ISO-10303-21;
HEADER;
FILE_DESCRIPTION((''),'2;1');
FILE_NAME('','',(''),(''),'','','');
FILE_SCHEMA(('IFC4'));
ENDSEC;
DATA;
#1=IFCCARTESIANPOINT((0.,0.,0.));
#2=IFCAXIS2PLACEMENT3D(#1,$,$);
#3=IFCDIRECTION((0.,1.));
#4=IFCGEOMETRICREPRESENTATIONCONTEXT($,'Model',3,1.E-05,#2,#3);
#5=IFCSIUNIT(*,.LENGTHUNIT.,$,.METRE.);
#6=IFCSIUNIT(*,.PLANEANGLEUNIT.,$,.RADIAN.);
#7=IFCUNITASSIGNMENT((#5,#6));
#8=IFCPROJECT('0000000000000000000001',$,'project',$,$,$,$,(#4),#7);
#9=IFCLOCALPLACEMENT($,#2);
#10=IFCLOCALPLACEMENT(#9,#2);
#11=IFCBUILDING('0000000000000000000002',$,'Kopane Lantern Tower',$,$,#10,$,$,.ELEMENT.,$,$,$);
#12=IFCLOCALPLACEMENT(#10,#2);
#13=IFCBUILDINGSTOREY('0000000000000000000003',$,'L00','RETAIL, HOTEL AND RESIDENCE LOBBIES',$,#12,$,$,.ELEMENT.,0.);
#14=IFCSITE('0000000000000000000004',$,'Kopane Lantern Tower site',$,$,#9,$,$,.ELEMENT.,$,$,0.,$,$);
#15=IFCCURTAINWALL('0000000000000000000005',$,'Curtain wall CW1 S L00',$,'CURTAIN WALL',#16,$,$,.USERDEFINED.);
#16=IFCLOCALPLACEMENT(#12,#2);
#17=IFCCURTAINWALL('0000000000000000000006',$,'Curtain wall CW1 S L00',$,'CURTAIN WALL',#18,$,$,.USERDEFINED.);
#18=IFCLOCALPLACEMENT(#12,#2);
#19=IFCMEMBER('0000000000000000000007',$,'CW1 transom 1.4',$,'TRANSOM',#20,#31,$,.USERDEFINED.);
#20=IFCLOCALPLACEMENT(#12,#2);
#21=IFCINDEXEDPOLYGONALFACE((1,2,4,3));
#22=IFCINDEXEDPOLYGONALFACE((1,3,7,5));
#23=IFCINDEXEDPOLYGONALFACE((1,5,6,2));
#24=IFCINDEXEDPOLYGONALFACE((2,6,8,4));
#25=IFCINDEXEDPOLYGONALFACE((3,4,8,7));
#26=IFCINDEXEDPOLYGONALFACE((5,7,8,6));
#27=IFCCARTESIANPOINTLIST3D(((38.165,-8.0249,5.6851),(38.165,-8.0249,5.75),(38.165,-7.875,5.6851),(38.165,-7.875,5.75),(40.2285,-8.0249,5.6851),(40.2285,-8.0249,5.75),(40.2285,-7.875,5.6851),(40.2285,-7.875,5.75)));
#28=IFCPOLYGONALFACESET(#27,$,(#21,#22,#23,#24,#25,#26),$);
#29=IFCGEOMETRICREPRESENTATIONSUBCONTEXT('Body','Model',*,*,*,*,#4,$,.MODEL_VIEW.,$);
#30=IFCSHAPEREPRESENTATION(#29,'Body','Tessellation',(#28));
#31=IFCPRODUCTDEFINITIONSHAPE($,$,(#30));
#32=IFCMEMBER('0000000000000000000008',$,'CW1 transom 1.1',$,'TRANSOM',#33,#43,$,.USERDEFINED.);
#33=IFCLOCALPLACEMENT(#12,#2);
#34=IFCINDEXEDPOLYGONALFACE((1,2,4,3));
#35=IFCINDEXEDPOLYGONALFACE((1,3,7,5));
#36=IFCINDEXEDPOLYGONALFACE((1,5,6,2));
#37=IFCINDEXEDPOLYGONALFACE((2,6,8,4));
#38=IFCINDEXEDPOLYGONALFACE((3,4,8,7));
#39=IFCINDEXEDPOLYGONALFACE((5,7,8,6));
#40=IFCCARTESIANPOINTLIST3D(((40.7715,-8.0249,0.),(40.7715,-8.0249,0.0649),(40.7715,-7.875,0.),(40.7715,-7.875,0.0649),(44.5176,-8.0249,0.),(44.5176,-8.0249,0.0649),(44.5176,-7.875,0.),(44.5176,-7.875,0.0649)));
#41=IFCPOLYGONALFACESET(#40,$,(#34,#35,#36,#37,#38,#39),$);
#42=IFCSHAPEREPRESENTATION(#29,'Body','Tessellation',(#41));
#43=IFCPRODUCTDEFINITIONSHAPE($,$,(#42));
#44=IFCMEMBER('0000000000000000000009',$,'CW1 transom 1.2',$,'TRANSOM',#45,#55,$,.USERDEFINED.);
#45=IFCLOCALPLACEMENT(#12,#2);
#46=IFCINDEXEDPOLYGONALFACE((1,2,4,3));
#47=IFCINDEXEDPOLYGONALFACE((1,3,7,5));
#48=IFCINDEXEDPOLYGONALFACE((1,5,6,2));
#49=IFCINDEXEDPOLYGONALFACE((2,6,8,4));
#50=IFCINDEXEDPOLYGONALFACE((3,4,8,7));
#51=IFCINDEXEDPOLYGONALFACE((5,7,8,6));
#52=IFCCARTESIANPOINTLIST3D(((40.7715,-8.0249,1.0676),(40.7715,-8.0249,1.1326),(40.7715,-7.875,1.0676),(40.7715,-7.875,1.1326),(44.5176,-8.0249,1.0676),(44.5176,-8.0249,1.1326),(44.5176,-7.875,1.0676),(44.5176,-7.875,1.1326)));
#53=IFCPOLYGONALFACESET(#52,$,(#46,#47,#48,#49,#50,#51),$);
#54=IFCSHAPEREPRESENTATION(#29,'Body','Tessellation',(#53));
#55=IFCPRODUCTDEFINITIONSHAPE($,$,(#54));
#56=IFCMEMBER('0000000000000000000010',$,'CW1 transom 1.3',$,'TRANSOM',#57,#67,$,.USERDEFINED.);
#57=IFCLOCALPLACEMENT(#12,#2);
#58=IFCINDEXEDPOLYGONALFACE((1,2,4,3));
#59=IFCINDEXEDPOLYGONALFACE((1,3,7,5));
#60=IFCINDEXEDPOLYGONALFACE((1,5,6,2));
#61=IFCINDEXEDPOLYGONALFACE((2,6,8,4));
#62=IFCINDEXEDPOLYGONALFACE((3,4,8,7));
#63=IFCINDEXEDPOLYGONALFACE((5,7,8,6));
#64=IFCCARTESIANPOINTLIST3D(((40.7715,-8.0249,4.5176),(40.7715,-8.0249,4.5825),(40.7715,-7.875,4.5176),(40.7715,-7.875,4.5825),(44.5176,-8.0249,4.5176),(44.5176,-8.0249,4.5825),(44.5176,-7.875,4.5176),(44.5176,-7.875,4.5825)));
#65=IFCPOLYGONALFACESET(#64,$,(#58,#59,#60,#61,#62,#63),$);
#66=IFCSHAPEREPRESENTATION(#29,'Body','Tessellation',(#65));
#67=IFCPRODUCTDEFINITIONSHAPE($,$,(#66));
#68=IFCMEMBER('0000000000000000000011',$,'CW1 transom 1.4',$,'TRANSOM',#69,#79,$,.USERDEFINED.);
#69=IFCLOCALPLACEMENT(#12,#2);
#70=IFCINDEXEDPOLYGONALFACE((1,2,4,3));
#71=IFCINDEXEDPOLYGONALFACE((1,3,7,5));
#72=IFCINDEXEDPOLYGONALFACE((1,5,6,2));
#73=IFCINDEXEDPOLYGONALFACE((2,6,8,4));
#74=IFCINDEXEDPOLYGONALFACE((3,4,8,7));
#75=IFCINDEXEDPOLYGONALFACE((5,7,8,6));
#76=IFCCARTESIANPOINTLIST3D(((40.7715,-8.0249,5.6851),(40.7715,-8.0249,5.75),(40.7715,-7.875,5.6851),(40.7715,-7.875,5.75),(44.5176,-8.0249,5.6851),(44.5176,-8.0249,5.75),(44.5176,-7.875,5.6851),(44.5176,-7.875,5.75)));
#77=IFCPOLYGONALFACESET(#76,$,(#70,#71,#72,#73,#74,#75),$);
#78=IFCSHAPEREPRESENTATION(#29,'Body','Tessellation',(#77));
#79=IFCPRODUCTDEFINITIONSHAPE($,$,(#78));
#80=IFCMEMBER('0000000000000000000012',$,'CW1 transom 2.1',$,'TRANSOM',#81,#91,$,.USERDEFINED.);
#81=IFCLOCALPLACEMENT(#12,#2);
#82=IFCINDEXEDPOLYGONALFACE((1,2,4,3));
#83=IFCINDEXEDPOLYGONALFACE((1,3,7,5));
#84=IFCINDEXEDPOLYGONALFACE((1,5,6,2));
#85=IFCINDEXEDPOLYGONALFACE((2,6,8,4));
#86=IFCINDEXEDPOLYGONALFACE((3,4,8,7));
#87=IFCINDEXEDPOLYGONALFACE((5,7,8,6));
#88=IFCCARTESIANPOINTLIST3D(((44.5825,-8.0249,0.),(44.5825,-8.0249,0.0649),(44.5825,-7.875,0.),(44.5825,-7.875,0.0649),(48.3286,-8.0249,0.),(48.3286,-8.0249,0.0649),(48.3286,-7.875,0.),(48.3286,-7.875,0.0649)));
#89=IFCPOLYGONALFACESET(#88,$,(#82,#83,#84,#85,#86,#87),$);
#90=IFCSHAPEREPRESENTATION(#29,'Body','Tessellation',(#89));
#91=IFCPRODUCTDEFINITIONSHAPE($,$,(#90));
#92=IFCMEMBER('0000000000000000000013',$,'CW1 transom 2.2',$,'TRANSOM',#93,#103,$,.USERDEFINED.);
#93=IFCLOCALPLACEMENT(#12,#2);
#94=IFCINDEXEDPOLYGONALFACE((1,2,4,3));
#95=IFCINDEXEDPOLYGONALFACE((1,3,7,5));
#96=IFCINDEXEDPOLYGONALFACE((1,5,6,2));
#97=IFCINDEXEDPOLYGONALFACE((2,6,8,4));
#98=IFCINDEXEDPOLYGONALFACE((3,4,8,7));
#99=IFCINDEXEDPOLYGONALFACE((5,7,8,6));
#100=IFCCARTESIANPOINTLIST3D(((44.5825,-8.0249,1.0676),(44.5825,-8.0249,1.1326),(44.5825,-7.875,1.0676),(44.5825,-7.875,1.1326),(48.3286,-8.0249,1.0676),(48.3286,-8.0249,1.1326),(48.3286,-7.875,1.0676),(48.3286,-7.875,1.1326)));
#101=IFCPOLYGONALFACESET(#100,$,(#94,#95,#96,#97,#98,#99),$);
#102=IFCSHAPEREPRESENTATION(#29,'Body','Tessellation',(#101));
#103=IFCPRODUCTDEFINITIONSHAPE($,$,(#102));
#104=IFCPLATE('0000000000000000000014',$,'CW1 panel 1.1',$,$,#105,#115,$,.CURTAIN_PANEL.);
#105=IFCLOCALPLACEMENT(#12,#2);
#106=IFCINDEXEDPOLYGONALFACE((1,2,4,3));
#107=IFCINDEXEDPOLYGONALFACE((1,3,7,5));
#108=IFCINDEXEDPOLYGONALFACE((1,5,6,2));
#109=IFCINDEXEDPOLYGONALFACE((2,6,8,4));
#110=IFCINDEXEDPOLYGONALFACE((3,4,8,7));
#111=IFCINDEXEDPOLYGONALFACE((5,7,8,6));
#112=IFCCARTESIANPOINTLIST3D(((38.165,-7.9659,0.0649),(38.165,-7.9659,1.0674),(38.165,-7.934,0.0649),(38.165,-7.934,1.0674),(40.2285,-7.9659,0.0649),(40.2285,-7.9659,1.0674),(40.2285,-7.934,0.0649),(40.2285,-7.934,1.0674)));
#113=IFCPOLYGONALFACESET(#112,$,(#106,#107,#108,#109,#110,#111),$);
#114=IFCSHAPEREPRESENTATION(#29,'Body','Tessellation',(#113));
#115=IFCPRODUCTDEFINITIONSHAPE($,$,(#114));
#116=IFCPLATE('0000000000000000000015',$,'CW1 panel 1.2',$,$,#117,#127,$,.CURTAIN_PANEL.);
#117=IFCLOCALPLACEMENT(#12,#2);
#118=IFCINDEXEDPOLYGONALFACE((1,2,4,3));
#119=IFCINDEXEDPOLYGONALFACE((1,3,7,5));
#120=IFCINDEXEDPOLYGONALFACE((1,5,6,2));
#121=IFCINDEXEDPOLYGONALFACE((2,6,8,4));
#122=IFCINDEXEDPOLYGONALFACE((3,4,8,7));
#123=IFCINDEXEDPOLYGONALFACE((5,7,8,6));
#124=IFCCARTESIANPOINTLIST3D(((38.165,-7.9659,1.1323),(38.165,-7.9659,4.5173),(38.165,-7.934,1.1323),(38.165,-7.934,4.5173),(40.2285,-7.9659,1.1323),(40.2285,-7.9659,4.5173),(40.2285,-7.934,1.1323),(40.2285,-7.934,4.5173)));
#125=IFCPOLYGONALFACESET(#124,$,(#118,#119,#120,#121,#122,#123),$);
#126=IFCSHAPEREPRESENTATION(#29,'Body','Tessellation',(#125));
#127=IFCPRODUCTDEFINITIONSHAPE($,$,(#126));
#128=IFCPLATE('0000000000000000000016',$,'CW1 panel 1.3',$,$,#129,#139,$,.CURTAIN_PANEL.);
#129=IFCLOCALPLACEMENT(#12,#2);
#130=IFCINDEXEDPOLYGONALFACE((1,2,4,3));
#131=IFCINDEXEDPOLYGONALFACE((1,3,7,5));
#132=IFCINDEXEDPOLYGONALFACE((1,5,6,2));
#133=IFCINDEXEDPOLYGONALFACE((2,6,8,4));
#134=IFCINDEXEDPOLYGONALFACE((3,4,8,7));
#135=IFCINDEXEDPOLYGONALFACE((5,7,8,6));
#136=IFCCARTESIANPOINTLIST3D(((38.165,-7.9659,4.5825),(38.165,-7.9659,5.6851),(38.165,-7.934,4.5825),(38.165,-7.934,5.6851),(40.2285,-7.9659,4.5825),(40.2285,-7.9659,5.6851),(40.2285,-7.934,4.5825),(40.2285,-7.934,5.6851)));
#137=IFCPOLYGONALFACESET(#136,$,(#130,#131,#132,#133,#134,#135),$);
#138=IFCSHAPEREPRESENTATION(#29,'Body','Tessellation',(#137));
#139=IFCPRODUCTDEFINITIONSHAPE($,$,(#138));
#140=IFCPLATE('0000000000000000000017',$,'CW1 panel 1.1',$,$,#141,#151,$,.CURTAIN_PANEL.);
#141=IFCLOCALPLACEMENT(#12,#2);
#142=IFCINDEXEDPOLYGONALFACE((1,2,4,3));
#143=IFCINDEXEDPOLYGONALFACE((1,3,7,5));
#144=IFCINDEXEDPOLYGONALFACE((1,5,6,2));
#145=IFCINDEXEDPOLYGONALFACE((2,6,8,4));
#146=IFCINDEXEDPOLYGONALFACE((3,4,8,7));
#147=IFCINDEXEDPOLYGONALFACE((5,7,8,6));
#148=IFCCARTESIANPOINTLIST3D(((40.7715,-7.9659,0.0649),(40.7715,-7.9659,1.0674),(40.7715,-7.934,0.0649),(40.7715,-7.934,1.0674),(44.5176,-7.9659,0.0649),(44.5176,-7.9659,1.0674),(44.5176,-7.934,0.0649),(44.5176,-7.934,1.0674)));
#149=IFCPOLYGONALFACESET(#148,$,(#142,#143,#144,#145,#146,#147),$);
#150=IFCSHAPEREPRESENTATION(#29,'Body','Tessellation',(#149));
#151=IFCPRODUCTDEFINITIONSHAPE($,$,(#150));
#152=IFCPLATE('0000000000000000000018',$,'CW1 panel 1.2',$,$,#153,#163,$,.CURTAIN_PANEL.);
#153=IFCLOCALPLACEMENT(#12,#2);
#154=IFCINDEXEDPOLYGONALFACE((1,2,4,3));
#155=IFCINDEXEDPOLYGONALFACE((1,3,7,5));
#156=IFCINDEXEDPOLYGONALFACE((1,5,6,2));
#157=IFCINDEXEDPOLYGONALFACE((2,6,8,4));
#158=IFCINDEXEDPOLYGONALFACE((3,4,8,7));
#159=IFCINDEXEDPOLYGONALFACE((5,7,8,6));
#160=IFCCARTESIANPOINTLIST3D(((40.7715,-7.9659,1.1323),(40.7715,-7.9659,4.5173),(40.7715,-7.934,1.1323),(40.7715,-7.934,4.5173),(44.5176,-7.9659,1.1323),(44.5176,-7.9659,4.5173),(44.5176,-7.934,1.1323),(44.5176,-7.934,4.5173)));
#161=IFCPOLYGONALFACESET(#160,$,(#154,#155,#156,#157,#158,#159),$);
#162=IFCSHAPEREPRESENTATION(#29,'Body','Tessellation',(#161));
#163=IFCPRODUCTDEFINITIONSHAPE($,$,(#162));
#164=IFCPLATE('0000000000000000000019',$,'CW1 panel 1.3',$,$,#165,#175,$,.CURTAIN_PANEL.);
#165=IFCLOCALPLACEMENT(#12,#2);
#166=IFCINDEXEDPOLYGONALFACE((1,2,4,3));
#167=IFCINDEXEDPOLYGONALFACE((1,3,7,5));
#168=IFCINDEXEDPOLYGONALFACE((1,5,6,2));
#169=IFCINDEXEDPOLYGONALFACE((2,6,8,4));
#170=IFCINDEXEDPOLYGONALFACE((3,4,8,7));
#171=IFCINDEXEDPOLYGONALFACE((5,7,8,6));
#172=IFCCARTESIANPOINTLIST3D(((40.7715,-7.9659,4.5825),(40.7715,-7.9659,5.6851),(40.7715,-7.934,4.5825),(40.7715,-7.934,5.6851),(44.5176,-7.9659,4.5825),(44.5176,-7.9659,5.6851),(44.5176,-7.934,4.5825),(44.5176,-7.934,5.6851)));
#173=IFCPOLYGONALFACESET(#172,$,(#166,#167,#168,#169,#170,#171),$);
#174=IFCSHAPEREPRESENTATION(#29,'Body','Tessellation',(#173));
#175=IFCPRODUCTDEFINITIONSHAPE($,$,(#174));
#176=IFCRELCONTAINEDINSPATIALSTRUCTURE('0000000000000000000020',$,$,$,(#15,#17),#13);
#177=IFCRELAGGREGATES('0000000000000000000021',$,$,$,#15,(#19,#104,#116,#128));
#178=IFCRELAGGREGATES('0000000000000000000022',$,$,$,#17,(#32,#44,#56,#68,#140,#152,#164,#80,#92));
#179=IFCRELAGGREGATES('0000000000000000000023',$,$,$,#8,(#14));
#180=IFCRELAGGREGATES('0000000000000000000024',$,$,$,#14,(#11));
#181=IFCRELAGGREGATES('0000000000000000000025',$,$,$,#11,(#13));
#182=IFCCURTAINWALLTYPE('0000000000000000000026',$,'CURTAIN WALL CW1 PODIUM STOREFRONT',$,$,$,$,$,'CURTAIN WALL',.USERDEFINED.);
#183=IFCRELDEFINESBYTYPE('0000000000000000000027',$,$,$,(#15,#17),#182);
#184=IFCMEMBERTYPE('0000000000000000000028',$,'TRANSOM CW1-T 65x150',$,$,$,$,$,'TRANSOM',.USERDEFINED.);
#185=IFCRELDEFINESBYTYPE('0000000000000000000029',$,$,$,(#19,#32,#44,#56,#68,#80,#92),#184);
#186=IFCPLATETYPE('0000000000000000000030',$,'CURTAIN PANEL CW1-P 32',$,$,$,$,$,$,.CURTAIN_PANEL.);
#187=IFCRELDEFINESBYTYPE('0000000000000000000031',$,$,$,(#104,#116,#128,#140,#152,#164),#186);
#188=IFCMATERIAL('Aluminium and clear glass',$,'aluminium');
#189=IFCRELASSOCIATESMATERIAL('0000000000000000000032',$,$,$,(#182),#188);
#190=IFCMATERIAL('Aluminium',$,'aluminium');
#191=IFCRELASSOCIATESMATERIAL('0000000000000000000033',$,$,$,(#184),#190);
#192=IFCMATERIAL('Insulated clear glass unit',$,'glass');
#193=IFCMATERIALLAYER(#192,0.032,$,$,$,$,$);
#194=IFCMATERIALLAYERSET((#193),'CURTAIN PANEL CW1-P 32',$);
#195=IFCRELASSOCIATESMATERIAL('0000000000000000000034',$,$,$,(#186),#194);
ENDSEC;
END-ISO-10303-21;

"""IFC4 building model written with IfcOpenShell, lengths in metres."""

from ifc_helpers import new_model, si_unit, direction, frame, origin, origin_2d, place, context, subcontext, project, spatial, rectangle, extrude, material, layer, layer_set, material_profile, profile_set, type_object, element, aggregate, save


model = new_model("IFC4")

# Units and contexts
model_context = context("Model", 3, precision=1e-05, world=origin(), true_north=direction((0.0, 1.0)))
body_context = subcontext(model_context, "Body", "Model", "MODEL_VIEW")
ifc_project = project(units=[si_unit("LENGTHUNIT", "METRE"), si_unit("PLANEANGLEUNIT", "RADIAN")], contexts=[model_context])

# Site, building, storey
site_placement = place(None, origin())
site = spatial("IfcSite", under=ifc_project, at=site_placement, Name="Kopane Lantern Tower site", CompositionType="ELEMENT", RefElevation=0.0)
building_placement = place(site_placement, origin())
building = spatial("IfcBuilding", under=site, at=building_placement, Name="Kopane Lantern Tower", CompositionType="ELEMENT")
storey_placement = place(building_placement, origin())
storey = spatial("IfcBuildingStorey", under=building, at=storey_placement, Name="L00", Description="RETAIL, HOTEL AND RESIDENCE LOBBIES", CompositionType="ELEMENT", Elevation=0.0)

# Curtain walls
ifc_material_1 = material(Name="Aluminium and clear glass", Category="aluminium")
curtain_wall_type = type_object("IfcCurtainWallType", Name="CURTAIN WALL CW1 PODIUM STOREFRONT", ElementType="CURTAIN WALL", PredefinedType="USERDEFINED", material=ifc_material_1)
curtain_wall_1_placement = place(storey_placement, origin())
curtain_wall_1 = element("IfcCurtainWall", 1, at=curtain_wall_1_placement, inside=storey, type_object=curtain_wall_type, Name="Curtain wall CW1 S L00", ObjectType="CURTAIN WALL", PredefinedType="USERDEFINED")
curtain_wall_2_placement = place(storey_placement, origin())
curtain_wall_2 = element("IfcCurtainWall", 2, at=curtain_wall_2_placement, inside=storey, type_object=curtain_wall_type, Name="Curtain wall CW1 S L00", ObjectType="CURTAIN WALL", PredefinedType="USERDEFINED")

# Members
ifc_material_2 = material(Name="Aluminium", Category="aluminium")
ifc_material_profile_1 = material_profile(ifc_material_2, rectangle(XDim=0.1499, YDim=0.0649, at=origin_2d()), Name="AL 150x65")
ifc_profile_set_1 = profile_set([ifc_material_profile_1], Name="Aluminium")
member_type_1 = type_object("IfcMemberType", Name="TRANSOM CW1-T 65x150", ElementType="TRANSOM", PredefinedType="USERDEFINED", material=ifc_profile_set_1)
member_1_placement = place(storey_placement, frame((38.165, -7.95, 5.7175), z_axis=(1.0, 0.0, 0.0), x_axis=(0.0, 1.0, 0.0)))
member_1 = element("IfcMember", 3, at=member_1_placement, type_object=member_type_1, Name="CW1 transom 1.4", ObjectType="TRANSOM", PredefinedType="USERDEFINED", context=body_context, shape_type="SweptSolid", body=[
    extrude(rectangle(XDim=0.1499, YDim=0.0649, at=origin_2d()), origin(), (0.0, 0.0, 1.0), 2.0635),
])
member_2_placement = place(storey_placement, frame((40.7715, -7.95, 0.0325), z_axis=(1.0, 0.0, 0.0), x_axis=(0.0, 1.0, 0.0)))
member_2 = element("IfcMember", 4, at=member_2_placement, type_object=member_type_1, Name="CW1 transom 1.1", ObjectType="TRANSOM", PredefinedType="USERDEFINED", context=body_context, shape_type="SweptSolid", body=[
    extrude(rectangle(XDim=0.1499, YDim=0.0649, at=origin_2d()), origin(), (0.0, 0.0, 1.0), 3.7461),
])
member_3_placement = place(storey_placement, frame((40.7715, -7.95, 1.1001), z_axis=(1.0, 0.0, 0.0), x_axis=(0.0, 1.0, 0.0)))
member_3 = element("IfcMember", 5, at=member_3_placement, type_object=member_type_1, Name="CW1 transom 1.2", ObjectType="TRANSOM", PredefinedType="USERDEFINED", context=body_context, shape_type="SweptSolid", body=[
    extrude(rectangle(XDim=0.1499, YDim=0.0649, at=origin_2d()), origin(), (0.0, 0.0, 1.0), 3.7461),
])
member_4_placement = place(storey_placement, frame((40.7715, -7.95, 4.55), z_axis=(1.0, 0.0, 0.0), x_axis=(0.0, 1.0, 0.0)))
member_4 = element("IfcMember", 6, at=member_4_placement, type_object=member_type_1, Name="CW1 transom 1.3", ObjectType="TRANSOM", PredefinedType="USERDEFINED", context=body_context, shape_type="SweptSolid", body=[
    extrude(rectangle(XDim=0.1499, YDim=0.0649, at=origin_2d()), origin(), (0.0, 0.0, 1.0), 3.7461),
])
member_5_placement = place(storey_placement, frame((40.7715, -7.95, 5.7175), z_axis=(1.0, 0.0, 0.0), x_axis=(0.0, 1.0, 0.0)))
member_5 = element("IfcMember", 7, at=member_5_placement, type_object=member_type_1, Name="CW1 transom 1.4", ObjectType="TRANSOM", PredefinedType="USERDEFINED", context=body_context, shape_type="SweptSolid", body=[
    extrude(rectangle(XDim=0.1499, YDim=0.0649, at=origin_2d()), origin(), (0.0, 0.0, 1.0), 3.7461),
])
member_6_placement = place(storey_placement, frame((44.5825, -7.95, 0.0325), z_axis=(1.0, 0.0, 0.0), x_axis=(0.0, 1.0, 0.0)))
member_6 = element("IfcMember", 8, at=member_6_placement, type_object=member_type_1, Name="CW1 transom 2.1", ObjectType="TRANSOM", PredefinedType="USERDEFINED", context=body_context, shape_type="SweptSolid", body=[
    extrude(rectangle(XDim=0.1499, YDim=0.0649, at=origin_2d()), origin(), (0.0, 0.0, 1.0), 3.7461),
])
member_7_placement = place(storey_placement, frame((44.5825, -7.95, 1.1001), z_axis=(1.0, 0.0, 0.0), x_axis=(0.0, 1.0, 0.0)))
member_7 = element("IfcMember", 9, at=member_7_placement, type_object=member_type_1, Name="CW1 transom 2.2", ObjectType="TRANSOM", PredefinedType="USERDEFINED", context=body_context, shape_type="SweptSolid", body=[
    extrude(rectangle(XDim=0.1499, YDim=0.0649, at=origin_2d()), origin(), (0.0, 0.0, 1.0), 3.7461),
])

# Plates
ifc_material_3 = material(Name="Insulated clear glass unit", Category="glass")
ifc_layer = layer(ifc_material_3, 0.032)
ifc_layer_set = layer_set([ifc_layer], Name="CURTAIN PANEL CW1-P 32")
plate_type = type_object("IfcPlateType", Name="CURTAIN PANEL CW1-P 32", PredefinedType="CURTAIN_PANEL", material=ifc_layer_set)
plate_1_placement = place(storey_placement, frame((39.1968, -7.95, 0.0649), z_axis=(0.0, 0.0, 1.0), x_axis=(1.0, 0.0, 0.0)))
plate_1 = element("IfcPlate", 10, at=plate_1_placement, type_object=plate_type, Name="CW1 panel 1.1", PredefinedType="CURTAIN_PANEL", context=body_context, shape_type="SweptSolid", body=[
    extrude(rectangle(XDim=2.0635, YDim=0.032, at=origin_2d()), origin(), (0.0, 0.0, 1.0), 1.0024),
])
plate_2_placement = place(storey_placement, frame((39.1968, -7.95, 1.1323), z_axis=(0.0, 0.0, 1.0), x_axis=(1.0, 0.0, 0.0)))
plate_2 = element("IfcPlate", 11, at=plate_2_placement, type_object=plate_type, Name="CW1 panel 1.2", PredefinedType="CURTAIN_PANEL", context=body_context, shape_type="SweptSolid", body=[
    extrude(rectangle(XDim=2.0635, YDim=0.032, at=origin_2d()), origin(), (0.0, 0.0, 1.0), 3.385),
])
plate_3_placement = place(storey_placement, frame((39.1968, -7.95, 4.5825), z_axis=(0.0, 0.0, 1.0), x_axis=(1.0, 0.0, 0.0)))
plate_3 = element("IfcPlate", 12, at=plate_3_placement, type_object=plate_type, Name="CW1 panel 1.3", PredefinedType="CURTAIN_PANEL", context=body_context, shape_type="SweptSolid", body=[
    extrude(rectangle(XDim=2.0635, YDim=0.032, at=origin_2d()), origin(), (0.0, 0.0, 1.0), 1.1025),
])
aggregate(curtain_wall_1, [member_1, plate_1, plate_2, plate_3])
plate_4_placement = place(storey_placement, frame((42.6445, -7.95, 0.0649), z_axis=(0.0, 0.0, 1.0), x_axis=(1.0, 0.0, 0.0)))
plate_4 = element("IfcPlate", 13, at=plate_4_placement, type_object=plate_type, Name="CW1 panel 1.1", PredefinedType="CURTAIN_PANEL", context=body_context, shape_type="SweptSolid", body=[
    extrude(rectangle(XDim=3.7461, YDim=0.032, at=origin_2d()), origin(), (0.0, 0.0, 1.0), 1.0024),
])
plate_5_placement = place(storey_placement, frame((42.6445, -7.95, 1.1323), z_axis=(0.0, 0.0, 1.0), x_axis=(1.0, 0.0, 0.0)))
plate_5 = element("IfcPlate", 14, at=plate_5_placement, type_object=plate_type, Name="CW1 panel 1.2", PredefinedType="CURTAIN_PANEL", context=body_context, shape_type="SweptSolid", body=[
    extrude(rectangle(XDim=3.7461, YDim=0.032, at=origin_2d()), origin(), (0.0, 0.0, 1.0), 3.385),
])
plate_6_placement = place(storey_placement, frame((42.6445, -7.95, 4.5825), z_axis=(0.0, 0.0, 1.0), x_axis=(1.0, 0.0, 0.0)))
plate_6 = element("IfcPlate", 15, at=plate_6_placement, type_object=plate_type, Name="CW1 panel 1.3", PredefinedType="CURTAIN_PANEL", context=body_context, shape_type="SweptSolid", body=[
    extrude(rectangle(XDim=3.7461, YDim=0.032, at=origin_2d()), origin(), (0.0, 0.0, 1.0), 1.1025),
])
aggregate(curtain_wall_2, [member_2, member_3, member_4, member_5, plate_4, plate_5, plate_6, member_6, member_7])

save(model, "model.ifc")
